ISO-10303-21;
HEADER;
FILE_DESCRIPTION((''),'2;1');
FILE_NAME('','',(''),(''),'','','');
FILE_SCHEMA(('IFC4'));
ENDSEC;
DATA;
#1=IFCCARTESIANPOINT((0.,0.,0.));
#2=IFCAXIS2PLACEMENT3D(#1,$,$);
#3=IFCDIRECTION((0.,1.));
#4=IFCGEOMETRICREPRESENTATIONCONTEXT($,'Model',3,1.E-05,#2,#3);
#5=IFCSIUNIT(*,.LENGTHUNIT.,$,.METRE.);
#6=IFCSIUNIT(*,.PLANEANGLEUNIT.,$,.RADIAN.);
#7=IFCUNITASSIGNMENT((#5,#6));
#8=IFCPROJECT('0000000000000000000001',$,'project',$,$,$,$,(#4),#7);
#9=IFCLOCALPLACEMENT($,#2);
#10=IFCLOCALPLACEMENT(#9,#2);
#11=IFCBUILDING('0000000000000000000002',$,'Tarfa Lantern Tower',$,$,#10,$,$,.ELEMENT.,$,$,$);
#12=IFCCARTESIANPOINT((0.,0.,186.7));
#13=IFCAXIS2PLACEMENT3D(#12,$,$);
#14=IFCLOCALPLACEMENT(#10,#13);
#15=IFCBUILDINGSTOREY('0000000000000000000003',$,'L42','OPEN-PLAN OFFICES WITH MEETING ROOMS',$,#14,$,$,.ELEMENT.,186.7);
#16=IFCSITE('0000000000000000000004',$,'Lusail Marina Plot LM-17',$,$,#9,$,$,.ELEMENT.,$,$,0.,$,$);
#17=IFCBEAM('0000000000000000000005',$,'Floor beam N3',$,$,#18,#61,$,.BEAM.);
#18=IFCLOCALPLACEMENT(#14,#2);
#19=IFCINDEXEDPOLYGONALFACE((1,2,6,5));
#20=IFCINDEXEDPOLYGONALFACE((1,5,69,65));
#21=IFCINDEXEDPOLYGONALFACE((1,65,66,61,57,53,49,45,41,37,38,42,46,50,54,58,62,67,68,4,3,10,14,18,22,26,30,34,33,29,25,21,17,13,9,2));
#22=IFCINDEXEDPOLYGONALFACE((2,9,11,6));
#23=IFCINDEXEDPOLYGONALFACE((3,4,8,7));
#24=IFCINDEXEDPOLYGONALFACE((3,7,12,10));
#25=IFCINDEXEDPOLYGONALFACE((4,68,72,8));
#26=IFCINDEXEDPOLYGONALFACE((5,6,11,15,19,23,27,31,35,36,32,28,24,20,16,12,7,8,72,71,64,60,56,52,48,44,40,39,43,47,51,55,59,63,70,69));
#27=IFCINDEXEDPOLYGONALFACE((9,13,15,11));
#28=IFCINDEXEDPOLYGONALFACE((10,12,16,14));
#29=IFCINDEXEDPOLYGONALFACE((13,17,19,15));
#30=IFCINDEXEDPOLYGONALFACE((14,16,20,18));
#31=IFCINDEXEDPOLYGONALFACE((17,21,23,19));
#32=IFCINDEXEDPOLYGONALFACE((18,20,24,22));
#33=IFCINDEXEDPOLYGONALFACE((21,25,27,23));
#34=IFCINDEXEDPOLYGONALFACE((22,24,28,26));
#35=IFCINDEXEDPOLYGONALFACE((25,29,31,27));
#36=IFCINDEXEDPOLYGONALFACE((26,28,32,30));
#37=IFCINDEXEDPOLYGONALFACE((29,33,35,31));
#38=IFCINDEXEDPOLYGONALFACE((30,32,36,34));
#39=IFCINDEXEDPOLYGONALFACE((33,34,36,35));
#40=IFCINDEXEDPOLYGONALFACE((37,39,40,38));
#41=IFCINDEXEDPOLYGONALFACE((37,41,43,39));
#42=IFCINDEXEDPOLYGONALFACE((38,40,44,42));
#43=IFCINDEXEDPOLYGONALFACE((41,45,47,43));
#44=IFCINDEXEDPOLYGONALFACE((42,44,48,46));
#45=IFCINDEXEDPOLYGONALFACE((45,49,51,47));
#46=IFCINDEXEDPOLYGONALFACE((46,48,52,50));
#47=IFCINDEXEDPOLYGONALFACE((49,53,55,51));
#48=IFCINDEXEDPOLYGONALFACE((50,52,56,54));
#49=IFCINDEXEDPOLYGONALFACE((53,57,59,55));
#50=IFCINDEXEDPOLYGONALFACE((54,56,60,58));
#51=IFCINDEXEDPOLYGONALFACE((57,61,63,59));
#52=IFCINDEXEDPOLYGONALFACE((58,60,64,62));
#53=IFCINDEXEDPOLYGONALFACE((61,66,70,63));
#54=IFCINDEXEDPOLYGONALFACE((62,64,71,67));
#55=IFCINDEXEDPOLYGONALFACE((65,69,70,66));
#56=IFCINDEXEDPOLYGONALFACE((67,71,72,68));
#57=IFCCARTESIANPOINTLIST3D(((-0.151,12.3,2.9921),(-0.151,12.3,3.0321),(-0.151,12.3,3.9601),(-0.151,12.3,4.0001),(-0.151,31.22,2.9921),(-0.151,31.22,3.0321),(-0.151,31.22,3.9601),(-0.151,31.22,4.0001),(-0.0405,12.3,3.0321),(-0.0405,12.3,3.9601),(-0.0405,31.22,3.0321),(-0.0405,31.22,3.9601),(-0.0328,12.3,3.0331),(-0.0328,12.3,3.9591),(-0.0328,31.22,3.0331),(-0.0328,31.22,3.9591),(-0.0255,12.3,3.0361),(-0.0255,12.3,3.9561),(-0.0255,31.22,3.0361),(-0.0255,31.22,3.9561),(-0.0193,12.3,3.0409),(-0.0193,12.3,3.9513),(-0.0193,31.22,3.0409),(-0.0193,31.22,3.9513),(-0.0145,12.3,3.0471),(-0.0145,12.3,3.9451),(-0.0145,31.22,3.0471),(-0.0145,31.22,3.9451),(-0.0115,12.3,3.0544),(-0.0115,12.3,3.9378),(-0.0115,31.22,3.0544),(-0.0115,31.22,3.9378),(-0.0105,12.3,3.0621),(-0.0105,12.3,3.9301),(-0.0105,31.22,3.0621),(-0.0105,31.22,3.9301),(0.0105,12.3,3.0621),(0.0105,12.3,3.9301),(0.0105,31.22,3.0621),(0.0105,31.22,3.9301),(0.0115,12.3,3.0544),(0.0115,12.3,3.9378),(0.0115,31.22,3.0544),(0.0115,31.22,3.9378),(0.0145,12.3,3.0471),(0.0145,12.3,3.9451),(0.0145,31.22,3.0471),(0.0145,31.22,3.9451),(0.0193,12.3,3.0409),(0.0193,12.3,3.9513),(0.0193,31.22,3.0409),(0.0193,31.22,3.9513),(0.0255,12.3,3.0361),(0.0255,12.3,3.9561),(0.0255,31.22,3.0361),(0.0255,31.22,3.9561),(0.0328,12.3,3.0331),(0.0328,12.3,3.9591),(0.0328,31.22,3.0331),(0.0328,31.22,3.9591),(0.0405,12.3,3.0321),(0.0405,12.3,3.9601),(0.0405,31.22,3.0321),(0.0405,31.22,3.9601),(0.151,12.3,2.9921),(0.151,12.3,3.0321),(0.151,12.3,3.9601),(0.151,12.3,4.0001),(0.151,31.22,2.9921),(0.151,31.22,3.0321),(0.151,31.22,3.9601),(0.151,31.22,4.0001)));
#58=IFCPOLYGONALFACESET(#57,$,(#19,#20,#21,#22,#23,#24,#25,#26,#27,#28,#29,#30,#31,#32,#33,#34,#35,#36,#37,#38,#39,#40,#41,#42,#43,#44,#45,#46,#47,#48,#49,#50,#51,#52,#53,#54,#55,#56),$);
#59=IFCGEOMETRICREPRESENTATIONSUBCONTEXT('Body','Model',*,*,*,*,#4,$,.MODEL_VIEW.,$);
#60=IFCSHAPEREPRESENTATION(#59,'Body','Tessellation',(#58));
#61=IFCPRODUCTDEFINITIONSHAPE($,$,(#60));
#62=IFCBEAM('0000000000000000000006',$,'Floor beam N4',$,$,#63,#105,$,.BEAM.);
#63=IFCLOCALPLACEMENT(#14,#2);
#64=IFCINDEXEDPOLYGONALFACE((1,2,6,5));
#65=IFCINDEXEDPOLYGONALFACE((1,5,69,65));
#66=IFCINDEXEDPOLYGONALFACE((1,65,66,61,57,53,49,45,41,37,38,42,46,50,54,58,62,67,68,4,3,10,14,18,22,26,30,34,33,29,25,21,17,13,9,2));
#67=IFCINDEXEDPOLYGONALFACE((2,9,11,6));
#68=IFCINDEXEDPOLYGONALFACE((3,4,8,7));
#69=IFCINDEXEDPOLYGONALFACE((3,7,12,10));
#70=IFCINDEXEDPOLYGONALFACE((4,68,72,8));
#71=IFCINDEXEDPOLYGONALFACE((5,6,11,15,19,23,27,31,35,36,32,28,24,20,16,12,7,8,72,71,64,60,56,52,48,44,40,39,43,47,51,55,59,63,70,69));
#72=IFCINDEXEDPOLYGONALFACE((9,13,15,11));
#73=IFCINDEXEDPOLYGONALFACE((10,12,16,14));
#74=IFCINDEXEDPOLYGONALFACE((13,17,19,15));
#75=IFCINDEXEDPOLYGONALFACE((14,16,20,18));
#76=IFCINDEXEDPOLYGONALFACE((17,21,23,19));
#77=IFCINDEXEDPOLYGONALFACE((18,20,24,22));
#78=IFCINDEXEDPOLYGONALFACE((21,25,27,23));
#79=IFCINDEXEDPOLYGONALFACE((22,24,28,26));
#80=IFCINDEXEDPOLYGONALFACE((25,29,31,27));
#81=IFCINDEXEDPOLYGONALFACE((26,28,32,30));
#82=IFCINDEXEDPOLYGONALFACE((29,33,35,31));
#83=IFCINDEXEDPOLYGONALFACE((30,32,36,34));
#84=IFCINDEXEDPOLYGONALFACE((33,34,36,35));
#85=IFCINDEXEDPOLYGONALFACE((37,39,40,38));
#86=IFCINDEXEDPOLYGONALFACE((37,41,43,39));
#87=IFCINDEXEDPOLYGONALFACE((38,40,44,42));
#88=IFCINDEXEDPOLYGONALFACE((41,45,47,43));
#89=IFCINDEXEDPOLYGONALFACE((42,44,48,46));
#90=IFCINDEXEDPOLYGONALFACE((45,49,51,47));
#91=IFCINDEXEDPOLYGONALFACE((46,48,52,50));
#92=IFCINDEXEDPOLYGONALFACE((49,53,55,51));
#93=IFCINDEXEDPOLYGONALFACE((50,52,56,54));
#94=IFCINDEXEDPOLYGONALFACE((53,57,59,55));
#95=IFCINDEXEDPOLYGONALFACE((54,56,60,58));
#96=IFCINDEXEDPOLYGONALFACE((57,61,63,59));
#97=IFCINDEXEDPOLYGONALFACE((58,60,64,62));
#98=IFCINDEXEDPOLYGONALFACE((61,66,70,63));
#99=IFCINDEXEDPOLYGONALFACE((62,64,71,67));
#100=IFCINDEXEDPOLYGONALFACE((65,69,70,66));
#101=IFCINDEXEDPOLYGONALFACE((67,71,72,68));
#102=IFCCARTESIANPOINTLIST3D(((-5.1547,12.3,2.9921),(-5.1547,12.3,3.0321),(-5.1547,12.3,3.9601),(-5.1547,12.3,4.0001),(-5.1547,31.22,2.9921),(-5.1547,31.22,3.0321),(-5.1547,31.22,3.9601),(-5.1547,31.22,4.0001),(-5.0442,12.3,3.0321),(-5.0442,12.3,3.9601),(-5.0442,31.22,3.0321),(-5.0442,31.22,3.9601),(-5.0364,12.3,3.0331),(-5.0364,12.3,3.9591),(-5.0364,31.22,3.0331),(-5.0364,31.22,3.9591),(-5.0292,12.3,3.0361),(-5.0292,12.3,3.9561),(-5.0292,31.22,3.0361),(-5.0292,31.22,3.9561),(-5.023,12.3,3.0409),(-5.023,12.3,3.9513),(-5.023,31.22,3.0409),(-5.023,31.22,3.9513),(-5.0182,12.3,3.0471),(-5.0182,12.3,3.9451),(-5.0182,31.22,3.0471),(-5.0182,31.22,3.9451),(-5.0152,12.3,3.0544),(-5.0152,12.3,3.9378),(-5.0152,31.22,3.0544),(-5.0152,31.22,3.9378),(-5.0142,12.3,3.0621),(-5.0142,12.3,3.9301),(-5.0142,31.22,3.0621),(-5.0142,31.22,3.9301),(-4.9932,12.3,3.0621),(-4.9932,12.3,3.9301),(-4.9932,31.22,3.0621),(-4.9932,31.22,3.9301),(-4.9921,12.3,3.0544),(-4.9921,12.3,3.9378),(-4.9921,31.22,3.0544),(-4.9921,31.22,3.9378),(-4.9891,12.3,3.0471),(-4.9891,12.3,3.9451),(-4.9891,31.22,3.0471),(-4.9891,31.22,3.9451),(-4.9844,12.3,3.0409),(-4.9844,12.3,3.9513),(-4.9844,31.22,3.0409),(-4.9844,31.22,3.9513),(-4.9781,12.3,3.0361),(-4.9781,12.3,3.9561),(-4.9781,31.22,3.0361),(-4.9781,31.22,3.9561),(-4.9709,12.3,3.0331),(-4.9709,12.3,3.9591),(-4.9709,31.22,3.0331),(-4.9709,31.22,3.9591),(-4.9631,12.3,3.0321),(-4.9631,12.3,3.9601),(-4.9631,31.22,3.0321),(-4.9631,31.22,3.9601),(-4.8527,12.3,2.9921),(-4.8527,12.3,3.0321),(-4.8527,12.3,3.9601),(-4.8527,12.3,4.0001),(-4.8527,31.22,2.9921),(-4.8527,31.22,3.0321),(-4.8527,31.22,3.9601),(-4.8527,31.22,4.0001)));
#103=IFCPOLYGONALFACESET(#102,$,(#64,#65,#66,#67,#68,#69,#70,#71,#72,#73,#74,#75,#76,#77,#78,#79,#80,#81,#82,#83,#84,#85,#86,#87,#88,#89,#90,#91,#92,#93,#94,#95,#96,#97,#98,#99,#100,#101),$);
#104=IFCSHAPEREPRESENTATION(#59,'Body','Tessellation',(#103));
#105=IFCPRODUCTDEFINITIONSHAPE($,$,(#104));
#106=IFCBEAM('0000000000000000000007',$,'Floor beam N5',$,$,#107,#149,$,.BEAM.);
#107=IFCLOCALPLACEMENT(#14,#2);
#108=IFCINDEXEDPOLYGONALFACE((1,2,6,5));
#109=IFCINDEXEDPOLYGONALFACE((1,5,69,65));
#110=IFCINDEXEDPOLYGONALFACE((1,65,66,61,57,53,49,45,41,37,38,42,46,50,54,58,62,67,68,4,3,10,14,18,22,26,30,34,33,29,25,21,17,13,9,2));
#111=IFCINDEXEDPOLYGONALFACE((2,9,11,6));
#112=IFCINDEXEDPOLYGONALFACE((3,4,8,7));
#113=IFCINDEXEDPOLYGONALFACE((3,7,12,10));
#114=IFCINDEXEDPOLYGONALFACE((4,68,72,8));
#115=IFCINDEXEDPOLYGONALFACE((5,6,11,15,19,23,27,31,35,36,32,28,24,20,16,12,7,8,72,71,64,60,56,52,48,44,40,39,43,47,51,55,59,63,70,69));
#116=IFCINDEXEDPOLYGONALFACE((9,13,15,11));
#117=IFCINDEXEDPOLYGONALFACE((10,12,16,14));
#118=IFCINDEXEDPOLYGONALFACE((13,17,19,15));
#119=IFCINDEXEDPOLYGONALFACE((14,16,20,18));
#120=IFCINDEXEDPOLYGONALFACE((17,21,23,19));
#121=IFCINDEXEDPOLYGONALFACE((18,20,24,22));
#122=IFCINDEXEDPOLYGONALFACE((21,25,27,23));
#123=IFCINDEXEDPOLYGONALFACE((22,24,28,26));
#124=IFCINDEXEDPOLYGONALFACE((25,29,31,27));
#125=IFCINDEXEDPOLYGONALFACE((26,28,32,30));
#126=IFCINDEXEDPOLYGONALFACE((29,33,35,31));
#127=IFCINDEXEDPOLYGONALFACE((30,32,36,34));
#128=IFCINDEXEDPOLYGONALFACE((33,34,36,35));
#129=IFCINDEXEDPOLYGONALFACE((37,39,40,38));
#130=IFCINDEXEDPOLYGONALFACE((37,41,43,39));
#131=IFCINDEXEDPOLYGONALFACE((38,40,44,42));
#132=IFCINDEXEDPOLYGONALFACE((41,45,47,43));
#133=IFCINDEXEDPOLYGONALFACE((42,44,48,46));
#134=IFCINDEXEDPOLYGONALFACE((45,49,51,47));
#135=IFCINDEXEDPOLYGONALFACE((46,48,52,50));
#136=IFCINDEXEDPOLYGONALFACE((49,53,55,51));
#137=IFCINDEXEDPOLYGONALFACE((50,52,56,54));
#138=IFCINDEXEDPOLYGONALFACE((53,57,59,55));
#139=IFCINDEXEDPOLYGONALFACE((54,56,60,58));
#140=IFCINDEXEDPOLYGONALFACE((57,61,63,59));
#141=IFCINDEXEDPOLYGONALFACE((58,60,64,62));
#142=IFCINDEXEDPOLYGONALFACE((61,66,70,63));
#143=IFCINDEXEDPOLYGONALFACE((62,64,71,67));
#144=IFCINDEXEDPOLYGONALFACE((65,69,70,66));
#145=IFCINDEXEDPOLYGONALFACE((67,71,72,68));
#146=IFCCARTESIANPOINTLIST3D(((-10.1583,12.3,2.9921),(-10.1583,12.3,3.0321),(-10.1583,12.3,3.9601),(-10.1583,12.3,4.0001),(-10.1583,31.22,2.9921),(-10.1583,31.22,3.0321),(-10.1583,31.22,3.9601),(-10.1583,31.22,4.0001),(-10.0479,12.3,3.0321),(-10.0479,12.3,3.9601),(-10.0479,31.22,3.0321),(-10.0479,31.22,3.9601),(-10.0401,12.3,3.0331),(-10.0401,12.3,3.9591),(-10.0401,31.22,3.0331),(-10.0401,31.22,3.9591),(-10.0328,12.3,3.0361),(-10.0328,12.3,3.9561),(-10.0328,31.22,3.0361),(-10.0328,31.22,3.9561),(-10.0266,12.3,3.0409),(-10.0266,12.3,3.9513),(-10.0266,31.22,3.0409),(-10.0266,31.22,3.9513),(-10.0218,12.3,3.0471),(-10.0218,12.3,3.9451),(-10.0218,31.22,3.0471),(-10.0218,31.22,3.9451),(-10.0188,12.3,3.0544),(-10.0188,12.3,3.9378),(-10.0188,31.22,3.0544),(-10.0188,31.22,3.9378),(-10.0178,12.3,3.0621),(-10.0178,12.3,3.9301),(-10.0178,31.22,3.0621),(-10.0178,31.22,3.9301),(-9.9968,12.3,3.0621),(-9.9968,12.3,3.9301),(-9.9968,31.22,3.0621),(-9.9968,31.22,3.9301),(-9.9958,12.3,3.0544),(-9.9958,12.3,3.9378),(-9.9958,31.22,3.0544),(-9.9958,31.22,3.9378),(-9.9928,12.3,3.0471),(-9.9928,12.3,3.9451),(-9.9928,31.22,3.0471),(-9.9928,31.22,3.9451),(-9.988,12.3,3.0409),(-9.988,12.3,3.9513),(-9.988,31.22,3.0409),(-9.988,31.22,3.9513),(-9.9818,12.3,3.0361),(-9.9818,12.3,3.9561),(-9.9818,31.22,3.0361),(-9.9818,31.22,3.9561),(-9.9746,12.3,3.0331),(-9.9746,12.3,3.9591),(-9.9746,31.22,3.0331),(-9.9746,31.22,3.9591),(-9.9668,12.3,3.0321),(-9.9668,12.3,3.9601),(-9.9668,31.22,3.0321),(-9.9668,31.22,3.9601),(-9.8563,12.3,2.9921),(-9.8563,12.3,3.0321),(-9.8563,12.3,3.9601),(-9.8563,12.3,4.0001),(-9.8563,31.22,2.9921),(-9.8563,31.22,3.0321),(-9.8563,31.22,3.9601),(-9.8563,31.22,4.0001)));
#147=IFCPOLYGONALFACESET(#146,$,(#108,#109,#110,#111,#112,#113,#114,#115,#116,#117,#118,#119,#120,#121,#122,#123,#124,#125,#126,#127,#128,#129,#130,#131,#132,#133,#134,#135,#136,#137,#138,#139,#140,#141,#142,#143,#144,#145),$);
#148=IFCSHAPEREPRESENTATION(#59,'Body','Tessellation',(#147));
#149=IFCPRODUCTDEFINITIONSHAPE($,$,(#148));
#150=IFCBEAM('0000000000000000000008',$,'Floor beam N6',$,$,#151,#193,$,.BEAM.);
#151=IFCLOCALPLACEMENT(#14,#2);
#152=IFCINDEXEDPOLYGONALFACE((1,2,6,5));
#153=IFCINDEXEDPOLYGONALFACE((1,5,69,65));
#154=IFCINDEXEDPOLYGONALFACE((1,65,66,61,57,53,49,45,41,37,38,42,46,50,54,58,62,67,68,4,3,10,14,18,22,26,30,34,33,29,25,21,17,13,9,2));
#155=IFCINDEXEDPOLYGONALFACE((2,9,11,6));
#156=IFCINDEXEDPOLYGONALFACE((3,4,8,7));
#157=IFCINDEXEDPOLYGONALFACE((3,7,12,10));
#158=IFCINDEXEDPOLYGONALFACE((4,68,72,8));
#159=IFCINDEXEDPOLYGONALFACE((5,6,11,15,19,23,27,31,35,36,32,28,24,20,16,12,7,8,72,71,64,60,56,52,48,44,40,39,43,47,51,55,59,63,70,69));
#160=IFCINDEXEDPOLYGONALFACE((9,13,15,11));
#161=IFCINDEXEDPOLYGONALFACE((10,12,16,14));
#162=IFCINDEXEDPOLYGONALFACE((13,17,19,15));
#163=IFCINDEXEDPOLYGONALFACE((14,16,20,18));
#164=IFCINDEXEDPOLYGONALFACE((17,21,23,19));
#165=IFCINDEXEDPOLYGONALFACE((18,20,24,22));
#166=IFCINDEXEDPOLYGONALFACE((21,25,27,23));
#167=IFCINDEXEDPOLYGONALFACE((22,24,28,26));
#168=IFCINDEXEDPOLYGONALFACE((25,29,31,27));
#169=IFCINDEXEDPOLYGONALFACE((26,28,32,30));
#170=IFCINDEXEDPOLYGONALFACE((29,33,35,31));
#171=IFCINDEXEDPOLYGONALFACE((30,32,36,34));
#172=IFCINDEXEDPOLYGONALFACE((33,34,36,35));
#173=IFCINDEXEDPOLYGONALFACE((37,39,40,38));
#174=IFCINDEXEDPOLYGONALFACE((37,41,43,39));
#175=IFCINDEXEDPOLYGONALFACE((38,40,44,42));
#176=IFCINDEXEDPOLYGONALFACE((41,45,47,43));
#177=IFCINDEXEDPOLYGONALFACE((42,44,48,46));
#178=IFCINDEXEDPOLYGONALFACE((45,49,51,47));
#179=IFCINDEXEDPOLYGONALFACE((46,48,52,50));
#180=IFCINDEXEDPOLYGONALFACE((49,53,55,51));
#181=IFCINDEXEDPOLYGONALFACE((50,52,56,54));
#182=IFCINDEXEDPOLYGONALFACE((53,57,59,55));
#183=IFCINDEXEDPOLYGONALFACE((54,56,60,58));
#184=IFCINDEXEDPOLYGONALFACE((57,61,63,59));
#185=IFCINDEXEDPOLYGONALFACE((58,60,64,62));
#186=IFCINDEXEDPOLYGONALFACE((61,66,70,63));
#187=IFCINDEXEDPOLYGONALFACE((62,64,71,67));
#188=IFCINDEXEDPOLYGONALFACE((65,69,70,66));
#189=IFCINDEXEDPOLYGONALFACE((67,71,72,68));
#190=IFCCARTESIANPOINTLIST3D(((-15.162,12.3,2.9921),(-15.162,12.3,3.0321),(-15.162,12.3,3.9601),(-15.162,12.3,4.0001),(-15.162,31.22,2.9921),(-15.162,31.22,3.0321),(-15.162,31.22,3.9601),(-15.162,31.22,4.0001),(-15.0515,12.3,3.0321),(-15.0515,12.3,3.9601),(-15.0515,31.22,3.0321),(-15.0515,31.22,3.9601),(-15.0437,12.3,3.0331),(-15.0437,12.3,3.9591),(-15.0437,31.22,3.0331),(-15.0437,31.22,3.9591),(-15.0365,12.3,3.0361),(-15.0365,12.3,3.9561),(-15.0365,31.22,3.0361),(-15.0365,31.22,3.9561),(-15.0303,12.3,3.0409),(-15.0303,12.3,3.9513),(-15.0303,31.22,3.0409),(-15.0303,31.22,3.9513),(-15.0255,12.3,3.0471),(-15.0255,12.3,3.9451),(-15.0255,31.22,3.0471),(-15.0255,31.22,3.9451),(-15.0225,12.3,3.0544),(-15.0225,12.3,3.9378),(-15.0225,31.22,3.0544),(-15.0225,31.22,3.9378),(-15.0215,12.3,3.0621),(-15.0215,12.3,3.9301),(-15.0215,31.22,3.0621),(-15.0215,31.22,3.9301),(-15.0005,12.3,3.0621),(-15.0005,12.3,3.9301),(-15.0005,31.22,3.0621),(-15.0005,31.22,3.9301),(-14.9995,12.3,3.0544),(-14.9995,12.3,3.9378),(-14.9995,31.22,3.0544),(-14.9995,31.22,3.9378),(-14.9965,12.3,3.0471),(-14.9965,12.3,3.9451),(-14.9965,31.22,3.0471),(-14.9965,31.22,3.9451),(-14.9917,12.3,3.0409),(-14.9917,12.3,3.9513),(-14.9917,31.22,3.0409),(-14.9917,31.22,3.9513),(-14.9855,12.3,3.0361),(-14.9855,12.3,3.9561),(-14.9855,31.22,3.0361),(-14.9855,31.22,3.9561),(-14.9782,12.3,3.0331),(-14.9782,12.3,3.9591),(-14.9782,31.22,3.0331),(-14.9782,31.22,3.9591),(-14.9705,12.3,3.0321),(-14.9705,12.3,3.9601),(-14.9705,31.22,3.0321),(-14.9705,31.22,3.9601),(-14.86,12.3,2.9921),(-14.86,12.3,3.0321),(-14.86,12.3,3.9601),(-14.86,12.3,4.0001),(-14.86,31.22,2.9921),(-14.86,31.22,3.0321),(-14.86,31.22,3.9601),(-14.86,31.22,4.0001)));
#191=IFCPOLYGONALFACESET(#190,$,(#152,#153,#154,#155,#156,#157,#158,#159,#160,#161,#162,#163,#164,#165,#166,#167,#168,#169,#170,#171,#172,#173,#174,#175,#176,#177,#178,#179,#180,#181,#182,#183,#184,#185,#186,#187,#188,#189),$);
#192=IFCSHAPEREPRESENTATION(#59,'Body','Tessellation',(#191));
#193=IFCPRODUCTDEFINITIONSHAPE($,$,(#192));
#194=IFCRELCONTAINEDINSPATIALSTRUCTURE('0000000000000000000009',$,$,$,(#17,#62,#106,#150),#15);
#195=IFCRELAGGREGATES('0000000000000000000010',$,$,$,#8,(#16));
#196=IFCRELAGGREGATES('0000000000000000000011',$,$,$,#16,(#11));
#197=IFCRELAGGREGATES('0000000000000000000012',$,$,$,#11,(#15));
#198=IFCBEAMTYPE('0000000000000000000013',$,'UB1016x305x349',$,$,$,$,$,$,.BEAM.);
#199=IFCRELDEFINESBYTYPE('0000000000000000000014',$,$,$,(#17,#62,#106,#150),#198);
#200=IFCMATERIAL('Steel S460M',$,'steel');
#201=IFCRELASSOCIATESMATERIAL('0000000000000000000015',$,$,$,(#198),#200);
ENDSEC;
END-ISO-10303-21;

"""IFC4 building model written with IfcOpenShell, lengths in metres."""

from ifc_helpers import new_model, si_unit, direction, frame, origin, origin_2d, place, context, subcontext, project, spatial, i_section, extrude, material, material_profile, profile_set, type_object, element, save


model = new_model("IFC4")

# Units and contexts
model_context = context("Model", 3, precision=1e-05, world=origin(), true_north=direction((0.0, 1.0)))
body_context = subcontext(model_context, "Body", "Model", "MODEL_VIEW")
ifc_project = project(units=[si_unit("LENGTHUNIT", "METRE"), si_unit("PLANEANGLEUNIT", "RADIAN")], contexts=[model_context])

# Site, building, storey
site_placement = place(None, origin())
site = spatial("IfcSite", under=ifc_project, at=site_placement, Name="Lusail Marina Plot LM-17", CompositionType="ELEMENT", RefElevation=0.0)
building_placement = place(site_placement, origin())
building = spatial("IfcBuilding", under=site, at=building_placement, Name="Tarfa Lantern Tower", CompositionType="ELEMENT")
storey_placement = place(building_placement, frame((0.0, 0.0, 186.7)))
storey = spatial("IfcBuildingStorey", under=building, at=storey_placement, Name="L42", Description="OPEN-PLAN OFFICES WITH MEETING ROOMS", CompositionType="ELEMENT", Elevation=186.7)

# Beams
ifc_material_1 = material(Name="Steel S460M", Category="steel")
ifc_material_profile_1 = material_profile(ifc_material_1, i_section(OverallWidth=0.302, OverallDepth=1.0081, WebThickness=0.021, FlangeThickness=0.04, FilletRadius=0.03, at=origin_2d()), Name="UB1016x305x349")
ifc_profile_set_1 = profile_set([ifc_material_profile_1], Name="Steel S460M")
beam_type_1 = type_object("IfcBeamType", Name="UB1016x305x349", PredefinedType="BEAM", material=ifc_profile_set_1)
for number, where, z_axis, x_axis, name in (
    (1, (0.0, 31.22, 3.4961), (0.0, -1.0, 0.0), (1.0, 0.0, 0.0), "Floor beam N3"),
    (2, (-5.0037, 31.22, 3.4961), (0.0, -1.0, 0.0), (1.0, 0.0, 0.0), "Floor beam N4"),
    (3, (-10.0073, 31.22, 3.4961), (0.0, -1.0, 0.0), (1.0, 0.0, 0.0), "Floor beam N5"),
    (4, (-15.011, 31.22, 3.4961), (0.0, -1.0, 0.0), (1.0, 0.0, 0.0), "Floor beam N6"),
):
    element("IfcBeam", number, at=place(storey_placement, frame(where, z_axis=z_axis, x_axis=x_axis)), inside=storey, type_object=beam_type_1, Name=name, PredefinedType="BEAM", context=body_context, shape_type="SweptSolid", body=[
        extrude(i_section(OverallWidth=0.302, OverallDepth=1.0081, WebThickness=0.021, FlangeThickness=0.04, FilletRadius=0.03, at=origin_2d()), origin(), (0.0, 0.0, 1.0), 18.9199),
    ])

save(model, "model.ifc")
